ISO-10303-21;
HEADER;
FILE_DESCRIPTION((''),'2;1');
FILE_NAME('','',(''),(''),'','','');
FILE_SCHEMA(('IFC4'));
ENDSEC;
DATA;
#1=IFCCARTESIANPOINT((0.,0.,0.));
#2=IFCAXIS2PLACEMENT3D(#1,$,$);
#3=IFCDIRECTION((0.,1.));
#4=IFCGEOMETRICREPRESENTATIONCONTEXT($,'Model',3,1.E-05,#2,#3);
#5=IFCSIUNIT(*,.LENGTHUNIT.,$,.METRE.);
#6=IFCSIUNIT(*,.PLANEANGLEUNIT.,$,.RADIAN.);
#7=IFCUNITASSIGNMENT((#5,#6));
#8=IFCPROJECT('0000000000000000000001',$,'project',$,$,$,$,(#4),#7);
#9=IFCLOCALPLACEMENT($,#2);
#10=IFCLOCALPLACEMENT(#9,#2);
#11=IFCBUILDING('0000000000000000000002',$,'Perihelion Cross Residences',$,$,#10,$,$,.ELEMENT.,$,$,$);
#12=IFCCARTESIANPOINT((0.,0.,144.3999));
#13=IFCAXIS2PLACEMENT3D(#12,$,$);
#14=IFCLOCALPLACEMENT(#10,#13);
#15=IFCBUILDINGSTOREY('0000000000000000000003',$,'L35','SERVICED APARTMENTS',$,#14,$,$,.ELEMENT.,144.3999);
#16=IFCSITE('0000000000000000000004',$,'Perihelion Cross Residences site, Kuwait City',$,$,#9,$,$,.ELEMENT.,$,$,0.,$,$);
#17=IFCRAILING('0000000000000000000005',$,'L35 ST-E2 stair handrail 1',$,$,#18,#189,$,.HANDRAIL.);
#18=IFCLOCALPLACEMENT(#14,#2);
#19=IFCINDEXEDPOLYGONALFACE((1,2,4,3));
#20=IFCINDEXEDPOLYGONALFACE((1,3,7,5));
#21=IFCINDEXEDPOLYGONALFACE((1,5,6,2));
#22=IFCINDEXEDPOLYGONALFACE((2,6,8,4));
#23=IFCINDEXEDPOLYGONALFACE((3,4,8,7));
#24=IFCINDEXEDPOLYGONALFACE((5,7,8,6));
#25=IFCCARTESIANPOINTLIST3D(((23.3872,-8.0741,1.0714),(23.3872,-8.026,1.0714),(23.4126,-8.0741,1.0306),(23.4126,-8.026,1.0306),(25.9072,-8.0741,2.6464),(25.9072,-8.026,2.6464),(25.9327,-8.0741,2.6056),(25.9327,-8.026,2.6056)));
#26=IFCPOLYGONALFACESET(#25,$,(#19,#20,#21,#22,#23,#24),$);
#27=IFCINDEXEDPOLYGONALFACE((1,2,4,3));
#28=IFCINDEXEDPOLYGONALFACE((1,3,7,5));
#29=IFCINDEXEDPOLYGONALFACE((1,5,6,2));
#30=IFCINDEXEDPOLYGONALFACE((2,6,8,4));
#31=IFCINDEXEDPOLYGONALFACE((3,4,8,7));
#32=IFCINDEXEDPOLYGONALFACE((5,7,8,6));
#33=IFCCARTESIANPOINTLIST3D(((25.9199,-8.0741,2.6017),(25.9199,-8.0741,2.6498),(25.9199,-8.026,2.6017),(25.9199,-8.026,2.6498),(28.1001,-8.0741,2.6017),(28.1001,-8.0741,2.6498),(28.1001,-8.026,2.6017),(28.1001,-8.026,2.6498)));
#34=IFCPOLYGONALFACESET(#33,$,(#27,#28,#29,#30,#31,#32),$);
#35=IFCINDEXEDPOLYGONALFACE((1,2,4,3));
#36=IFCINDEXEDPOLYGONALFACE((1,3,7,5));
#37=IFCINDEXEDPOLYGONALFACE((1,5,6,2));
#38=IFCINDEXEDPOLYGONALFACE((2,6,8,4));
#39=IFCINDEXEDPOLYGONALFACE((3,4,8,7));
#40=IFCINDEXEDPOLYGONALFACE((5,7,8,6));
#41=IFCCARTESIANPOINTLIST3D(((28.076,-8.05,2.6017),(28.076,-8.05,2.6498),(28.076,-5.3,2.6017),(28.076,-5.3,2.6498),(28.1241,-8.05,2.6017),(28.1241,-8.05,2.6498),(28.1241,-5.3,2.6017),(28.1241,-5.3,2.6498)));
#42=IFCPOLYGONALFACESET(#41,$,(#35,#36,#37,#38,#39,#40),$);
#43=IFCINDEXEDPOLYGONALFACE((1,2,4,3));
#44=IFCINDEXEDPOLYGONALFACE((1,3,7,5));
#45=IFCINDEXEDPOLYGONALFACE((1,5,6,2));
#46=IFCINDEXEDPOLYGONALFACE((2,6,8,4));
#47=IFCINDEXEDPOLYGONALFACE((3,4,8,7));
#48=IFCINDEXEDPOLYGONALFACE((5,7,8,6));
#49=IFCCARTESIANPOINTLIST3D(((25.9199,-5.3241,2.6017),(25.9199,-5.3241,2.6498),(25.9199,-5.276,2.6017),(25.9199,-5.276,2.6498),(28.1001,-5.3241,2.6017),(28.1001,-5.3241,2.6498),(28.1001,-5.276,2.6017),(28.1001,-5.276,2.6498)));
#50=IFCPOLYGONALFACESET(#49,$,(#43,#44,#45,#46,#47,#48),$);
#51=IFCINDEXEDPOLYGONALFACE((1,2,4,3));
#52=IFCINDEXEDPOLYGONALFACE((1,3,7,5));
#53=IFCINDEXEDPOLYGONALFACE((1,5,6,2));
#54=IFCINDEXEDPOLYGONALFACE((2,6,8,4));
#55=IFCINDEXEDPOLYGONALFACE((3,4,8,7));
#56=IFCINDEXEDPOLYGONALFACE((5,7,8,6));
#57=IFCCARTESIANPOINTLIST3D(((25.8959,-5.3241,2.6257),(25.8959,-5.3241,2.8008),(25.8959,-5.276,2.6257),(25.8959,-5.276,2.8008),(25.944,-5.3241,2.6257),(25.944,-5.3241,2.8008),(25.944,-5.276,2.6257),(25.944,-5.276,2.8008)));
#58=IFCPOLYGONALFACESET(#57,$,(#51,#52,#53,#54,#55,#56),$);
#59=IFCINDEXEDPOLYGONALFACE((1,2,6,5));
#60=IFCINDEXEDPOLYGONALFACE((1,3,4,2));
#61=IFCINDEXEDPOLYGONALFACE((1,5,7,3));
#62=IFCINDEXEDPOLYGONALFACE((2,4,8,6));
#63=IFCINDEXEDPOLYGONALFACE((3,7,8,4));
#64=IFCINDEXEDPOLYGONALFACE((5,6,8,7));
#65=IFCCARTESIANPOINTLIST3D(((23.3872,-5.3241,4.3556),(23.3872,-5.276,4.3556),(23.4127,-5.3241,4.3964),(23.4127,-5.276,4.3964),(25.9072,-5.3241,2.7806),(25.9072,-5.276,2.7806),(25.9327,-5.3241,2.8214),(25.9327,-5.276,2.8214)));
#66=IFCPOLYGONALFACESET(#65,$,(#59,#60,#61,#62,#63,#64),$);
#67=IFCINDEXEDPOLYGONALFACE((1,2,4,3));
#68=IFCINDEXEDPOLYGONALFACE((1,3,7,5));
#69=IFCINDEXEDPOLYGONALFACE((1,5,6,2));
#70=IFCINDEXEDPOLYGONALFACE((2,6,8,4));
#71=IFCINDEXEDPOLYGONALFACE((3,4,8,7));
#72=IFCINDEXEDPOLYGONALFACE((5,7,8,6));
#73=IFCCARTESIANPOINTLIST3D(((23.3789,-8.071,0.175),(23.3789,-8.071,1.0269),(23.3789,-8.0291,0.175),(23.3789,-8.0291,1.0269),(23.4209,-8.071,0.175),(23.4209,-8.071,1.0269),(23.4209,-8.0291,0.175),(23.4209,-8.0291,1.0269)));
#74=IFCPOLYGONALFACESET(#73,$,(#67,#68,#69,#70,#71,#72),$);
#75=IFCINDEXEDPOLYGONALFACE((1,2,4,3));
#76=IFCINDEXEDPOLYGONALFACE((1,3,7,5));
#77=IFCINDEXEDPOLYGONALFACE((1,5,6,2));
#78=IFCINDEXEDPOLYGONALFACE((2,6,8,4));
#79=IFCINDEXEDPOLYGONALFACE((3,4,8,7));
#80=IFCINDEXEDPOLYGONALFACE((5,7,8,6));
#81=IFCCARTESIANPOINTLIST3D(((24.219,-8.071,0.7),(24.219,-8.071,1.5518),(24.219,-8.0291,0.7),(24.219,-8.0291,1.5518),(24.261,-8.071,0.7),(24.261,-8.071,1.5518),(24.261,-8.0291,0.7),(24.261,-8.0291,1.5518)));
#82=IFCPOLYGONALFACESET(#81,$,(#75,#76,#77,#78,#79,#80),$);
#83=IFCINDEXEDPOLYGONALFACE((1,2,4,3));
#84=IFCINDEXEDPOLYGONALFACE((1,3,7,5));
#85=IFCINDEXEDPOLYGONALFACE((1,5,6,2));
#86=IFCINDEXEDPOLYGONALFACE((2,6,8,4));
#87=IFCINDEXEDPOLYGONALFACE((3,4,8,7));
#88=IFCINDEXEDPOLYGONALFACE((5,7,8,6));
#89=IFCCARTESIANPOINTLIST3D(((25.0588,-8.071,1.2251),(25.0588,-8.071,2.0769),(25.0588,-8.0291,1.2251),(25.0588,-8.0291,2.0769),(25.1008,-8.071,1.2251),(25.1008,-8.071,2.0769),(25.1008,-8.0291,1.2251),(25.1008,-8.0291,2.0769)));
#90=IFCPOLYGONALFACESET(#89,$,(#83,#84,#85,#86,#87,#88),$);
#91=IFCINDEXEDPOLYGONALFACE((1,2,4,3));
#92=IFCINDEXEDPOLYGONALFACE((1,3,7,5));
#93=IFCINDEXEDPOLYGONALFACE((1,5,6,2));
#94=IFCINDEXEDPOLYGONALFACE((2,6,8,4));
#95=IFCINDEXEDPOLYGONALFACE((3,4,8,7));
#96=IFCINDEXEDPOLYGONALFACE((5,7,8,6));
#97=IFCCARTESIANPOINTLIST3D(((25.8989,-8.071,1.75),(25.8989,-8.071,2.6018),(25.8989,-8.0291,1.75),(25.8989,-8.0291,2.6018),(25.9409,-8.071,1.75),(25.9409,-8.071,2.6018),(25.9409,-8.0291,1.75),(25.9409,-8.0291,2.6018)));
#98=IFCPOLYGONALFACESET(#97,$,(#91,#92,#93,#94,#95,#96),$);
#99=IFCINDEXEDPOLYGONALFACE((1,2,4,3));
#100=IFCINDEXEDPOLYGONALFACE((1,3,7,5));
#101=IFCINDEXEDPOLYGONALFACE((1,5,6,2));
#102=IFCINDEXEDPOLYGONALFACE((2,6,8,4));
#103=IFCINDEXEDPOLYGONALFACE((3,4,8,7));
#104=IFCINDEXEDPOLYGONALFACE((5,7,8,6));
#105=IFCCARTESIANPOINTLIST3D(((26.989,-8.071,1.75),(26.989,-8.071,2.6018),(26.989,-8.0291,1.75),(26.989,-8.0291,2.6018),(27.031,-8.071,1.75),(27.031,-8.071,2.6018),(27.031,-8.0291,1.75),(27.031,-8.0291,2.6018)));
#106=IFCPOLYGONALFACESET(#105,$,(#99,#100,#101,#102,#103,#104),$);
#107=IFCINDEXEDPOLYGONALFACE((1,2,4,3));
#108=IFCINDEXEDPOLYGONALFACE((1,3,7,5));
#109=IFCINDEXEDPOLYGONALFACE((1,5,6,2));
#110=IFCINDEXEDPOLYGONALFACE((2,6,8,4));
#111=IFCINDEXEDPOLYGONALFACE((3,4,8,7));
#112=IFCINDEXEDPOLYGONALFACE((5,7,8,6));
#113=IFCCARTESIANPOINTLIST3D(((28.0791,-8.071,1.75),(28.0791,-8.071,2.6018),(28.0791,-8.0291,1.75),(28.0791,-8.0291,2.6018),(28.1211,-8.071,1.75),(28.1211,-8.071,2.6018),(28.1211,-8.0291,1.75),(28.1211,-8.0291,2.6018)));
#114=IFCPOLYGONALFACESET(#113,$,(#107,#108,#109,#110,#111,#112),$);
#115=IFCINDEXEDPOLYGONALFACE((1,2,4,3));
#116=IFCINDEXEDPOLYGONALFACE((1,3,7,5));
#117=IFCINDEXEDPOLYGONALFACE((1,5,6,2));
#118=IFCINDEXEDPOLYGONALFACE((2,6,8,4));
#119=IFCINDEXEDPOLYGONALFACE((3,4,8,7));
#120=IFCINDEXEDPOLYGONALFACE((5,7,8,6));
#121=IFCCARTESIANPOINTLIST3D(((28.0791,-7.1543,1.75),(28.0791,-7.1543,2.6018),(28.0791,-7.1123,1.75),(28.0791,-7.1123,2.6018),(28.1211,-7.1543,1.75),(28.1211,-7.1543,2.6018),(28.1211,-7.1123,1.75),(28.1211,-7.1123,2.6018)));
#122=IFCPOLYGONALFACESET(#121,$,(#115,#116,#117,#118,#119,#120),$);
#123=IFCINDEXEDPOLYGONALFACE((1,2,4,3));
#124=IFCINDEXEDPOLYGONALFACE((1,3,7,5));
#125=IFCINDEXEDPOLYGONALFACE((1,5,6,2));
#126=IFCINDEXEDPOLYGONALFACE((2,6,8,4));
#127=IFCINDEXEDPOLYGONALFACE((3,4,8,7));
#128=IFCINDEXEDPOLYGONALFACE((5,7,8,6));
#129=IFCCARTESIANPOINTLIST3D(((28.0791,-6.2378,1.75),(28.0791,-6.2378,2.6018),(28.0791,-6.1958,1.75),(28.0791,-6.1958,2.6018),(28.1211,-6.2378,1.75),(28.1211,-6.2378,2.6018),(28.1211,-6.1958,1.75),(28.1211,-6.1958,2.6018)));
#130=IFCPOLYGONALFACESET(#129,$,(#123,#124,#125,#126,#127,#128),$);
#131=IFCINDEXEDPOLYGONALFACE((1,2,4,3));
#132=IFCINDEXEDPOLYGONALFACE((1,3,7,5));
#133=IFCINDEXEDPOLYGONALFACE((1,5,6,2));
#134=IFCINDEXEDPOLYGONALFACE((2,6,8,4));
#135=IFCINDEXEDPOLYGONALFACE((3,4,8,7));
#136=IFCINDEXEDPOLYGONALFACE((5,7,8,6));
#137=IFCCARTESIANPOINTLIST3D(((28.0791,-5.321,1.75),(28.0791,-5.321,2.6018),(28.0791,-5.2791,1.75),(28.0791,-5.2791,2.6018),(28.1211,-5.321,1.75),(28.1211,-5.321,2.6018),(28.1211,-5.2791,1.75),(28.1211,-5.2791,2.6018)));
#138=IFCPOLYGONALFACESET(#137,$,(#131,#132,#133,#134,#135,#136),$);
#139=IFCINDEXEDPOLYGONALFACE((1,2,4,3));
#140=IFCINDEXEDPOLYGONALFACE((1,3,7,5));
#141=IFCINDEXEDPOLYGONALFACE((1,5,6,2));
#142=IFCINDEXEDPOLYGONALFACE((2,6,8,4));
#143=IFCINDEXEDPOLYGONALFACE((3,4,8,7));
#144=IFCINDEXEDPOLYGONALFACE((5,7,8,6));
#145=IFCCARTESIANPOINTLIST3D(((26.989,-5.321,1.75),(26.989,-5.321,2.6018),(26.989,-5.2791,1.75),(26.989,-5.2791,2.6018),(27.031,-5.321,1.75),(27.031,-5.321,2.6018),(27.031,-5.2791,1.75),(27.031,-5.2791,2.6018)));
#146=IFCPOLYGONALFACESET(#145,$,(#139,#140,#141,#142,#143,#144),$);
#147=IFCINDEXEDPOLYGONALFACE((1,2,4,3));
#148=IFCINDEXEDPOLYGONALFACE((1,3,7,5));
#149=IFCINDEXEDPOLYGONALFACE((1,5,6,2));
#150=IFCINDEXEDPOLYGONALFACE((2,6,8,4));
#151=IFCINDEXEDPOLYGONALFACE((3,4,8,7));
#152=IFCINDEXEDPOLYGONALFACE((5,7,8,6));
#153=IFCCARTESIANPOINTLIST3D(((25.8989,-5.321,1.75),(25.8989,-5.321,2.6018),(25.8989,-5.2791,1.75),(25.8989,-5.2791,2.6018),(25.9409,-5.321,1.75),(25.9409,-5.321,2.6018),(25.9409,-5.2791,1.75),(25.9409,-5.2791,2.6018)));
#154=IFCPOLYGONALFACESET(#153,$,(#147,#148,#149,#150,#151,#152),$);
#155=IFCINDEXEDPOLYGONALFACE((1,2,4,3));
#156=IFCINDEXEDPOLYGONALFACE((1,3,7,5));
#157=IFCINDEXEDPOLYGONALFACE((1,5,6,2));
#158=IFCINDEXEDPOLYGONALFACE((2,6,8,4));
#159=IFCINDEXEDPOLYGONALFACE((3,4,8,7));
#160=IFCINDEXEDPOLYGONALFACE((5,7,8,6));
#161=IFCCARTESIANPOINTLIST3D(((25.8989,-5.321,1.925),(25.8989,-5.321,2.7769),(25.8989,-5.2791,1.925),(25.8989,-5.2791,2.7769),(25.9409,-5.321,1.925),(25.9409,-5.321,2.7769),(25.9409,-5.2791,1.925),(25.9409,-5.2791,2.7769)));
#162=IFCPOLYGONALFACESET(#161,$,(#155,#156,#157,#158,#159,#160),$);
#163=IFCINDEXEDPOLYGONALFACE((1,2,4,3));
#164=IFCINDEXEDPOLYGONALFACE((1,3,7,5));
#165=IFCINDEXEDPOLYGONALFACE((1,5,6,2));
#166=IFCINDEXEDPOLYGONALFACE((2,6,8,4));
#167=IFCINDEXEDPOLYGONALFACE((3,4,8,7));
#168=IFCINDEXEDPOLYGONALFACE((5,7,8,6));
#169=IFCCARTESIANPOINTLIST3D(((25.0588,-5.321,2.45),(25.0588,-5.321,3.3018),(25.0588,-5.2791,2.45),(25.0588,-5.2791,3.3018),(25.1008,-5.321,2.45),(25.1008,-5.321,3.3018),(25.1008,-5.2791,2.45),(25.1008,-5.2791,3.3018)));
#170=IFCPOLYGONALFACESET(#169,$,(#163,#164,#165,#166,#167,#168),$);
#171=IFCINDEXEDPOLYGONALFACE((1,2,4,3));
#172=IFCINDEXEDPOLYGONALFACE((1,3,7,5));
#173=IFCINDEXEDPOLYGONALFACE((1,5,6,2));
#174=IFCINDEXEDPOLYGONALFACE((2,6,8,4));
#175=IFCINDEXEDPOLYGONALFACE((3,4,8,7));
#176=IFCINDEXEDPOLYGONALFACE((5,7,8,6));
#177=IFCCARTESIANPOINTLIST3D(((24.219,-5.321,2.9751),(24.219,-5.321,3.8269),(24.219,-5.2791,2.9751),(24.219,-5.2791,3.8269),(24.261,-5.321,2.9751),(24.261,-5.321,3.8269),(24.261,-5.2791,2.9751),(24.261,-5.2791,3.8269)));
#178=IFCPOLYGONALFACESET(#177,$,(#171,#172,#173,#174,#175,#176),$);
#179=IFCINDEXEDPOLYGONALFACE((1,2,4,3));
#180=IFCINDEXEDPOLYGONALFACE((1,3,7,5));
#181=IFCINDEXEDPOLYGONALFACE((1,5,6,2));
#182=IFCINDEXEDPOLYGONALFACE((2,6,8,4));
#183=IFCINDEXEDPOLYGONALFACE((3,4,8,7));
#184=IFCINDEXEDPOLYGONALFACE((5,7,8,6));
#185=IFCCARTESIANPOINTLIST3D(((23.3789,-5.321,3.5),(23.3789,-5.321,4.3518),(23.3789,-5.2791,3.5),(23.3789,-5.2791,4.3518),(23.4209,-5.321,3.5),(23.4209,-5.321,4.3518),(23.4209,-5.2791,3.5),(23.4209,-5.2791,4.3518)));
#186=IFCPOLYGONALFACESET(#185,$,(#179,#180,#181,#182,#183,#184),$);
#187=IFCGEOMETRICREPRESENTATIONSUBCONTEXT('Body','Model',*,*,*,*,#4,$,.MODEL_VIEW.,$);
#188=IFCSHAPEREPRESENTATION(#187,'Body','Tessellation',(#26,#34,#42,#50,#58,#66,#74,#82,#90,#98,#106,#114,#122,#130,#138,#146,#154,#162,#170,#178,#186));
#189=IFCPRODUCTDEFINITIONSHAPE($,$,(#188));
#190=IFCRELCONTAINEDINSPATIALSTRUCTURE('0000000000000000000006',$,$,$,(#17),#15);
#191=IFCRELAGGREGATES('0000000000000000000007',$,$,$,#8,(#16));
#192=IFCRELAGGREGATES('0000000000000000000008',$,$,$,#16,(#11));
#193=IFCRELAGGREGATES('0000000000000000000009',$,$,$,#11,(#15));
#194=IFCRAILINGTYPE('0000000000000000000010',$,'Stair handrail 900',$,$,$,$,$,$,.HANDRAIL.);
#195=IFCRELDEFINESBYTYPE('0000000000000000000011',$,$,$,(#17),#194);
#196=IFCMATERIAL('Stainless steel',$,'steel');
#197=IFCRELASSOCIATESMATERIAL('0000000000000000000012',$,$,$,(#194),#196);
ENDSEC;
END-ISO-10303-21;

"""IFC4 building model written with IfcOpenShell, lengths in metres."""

from ifc_helpers import new_model, si_unit, direction, frame, origin, origin_2d, place, context, subcontext, project, spatial, rectangle, extrude, material, type_object, element, save


model = new_model("IFC4")

# Units and contexts
model_context = context("Model", 3, precision=1e-05, world=origin(), true_north=direction((0.0, 1.0)))
body_context = subcontext(model_context, "Body", "Model", "MODEL_VIEW")
ifc_project = project(units=[si_unit("LENGTHUNIT", "METRE"), si_unit("PLANEANGLEUNIT", "RADIAN")], contexts=[model_context])

# Site, building, storey
site_placement = place(None, origin())
site = spatial("IfcSite", under=ifc_project, at=site_placement, Name="Perihelion Cross Residences site, Kuwait City", CompositionType="ELEMENT", RefElevation=0.0)
building_placement = place(site_placement, origin())
building = spatial("IfcBuilding", under=site, at=building_placement, Name="Perihelion Cross Residences", CompositionType="ELEMENT")
storey_placement = place(building_placement, frame((0.0, 0.0, 144.3999)))
storey = spatial("IfcBuildingStorey", under=building, at=storey_placement, Name="L35", Description="SERVICED APARTMENTS", CompositionType="ELEMENT", Elevation=144.3999)

# Railing
ifc_material_1 = material(Name="Stainless steel", Category="steel")
railing_type_1 = type_object("IfcRailingType", Name="Stair handrail 900", PredefinedType="HANDRAIL", material=ifc_material_1)
railing_1_placement = place(storey_placement, frame((23.3999, -8.05, 0.175)))
element("IfcRailing", 1, at=railing_1_placement, inside=storey, type_object=railing_type_1, Name="L35 ST-E2 stair handrail 1", PredefinedType="HANDRAIL", context=body_context, shape_type="SweptSolid", body=[
    extrude(rectangle(XDim=0.0481, YDim=0.0481, at=origin_2d()), frame((0.0, 0.0, 0.876), z_axis=(0.848008, 0.0, 0.529984), x_axis=(0.0, 1.0, 0.0)), (0.0, 0.0, 1.0), 2.9717),
    extrude(rectangle(XDim=0.0481, YDim=0.0481, at=origin_2d()), frame((2.52, 0.0, 2.4507), z_axis=(1.0, 0.0, 0.0), x_axis=(0.0, 1.0, 0.0)), (0.0, 0.0, 1.0), 2.1802),
    extrude(rectangle(XDim=0.0481, YDim=0.0481, at=origin_2d()), frame((4.7002, 0.0, 2.4507), z_axis=(0.0, 1.0, 0.0), x_axis=(-1.0, 0.0, 0.0)), (0.0, 0.0, 1.0), 2.75),
    extrude(rectangle(XDim=0.0481, YDim=0.0481, at=origin_2d()), frame((4.7002, 2.75, 2.4507), z_axis=(-1.0, 0.0, 0.0), x_axis=(0.0, -1.0, 0.0)), (0.0, 0.0, 1.0), 2.1802),
    extrude(rectangle(XDim=0.0481, YDim=0.0481, at=origin_2d()), frame((2.52, 2.75, 2.4507), z_axis=(0.0, 0.0, 1.0), x_axis=(1.0, 0.0, 0.0)), (0.0, 0.0, 1.0), 0.175),
    extrude(rectangle(XDim=0.0481, YDim=0.0481, at=origin_2d()), frame((2.52, 2.75, 2.626), z_axis=(-0.848008, 0.0, 0.529984), x_axis=(0.0, -1.0, 0.0)), (0.0, 0.0, 1.0), 2.9717),
    extrude(rectangle(XDim=0.042, YDim=0.042, at=origin_2d()), origin(), (0.0, 0.0, 1.0), 0.8518),
    extrude(rectangle(XDim=0.042, YDim=0.042, at=origin_2d()), frame((0.8401, 0.0, 0.5249)), (0.0, 0.0, 1.0), 0.8518),
    extrude(rectangle(XDim=0.042, YDim=0.042, at=origin_2d()), frame((1.6799, 0.0, 1.05)), (0.0, 0.0, 1.0), 0.8518),
    extrude(rectangle(XDim=0.042, YDim=0.042, at=origin_2d()), frame((2.52, 0.0, 1.575)), (0.0, 0.0, 1.0), 0.8518),
    extrude(rectangle(XDim=0.042, YDim=0.042, at=origin_2d()), frame((3.6101, 0.0, 1.575)), (0.0, 0.0, 1.0), 0.8518),
    extrude(rectangle(XDim=0.042, YDim=0.042, at=origin_2d()), frame((4.7002, 0.0, 1.575)), (0.0, 0.0, 1.0), 0.8518),
    extrude(rectangle(XDim=0.042, YDim=0.042, at=origin_2d()), frame((4.7002, 0.9167, 1.575)), (0.0, 0.0, 1.0), 0.8518),
    extrude(rectangle(XDim=0.042, YDim=0.042, at=origin_2d()), frame((4.7002, 1.8333, 1.575)), (0.0, 0.0, 1.0), 0.8518),
    extrude(rectangle(XDim=0.042, YDim=0.042, at=origin_2d()), frame((4.7002, 2.75, 1.575)), (0.0, 0.0, 1.0), 0.8518),
    extrude(rectangle(XDim=0.042, YDim=0.042, at=origin_2d()), frame((3.6101, 2.75, 1.575)), (0.0, 0.0, 1.0), 0.8518),
    extrude(rectangle(XDim=0.042, YDim=0.042, at=origin_2d()), frame((2.52, 2.75, 1.575)), (0.0, 0.0, 1.0), 0.8518),
    extrude(rectangle(XDim=0.042, YDim=0.042, at=origin_2d()), frame((2.52, 2.75, 1.75)), (0.0, 0.0, 1.0), 0.8518),
    extrude(rectangle(XDim=0.042, YDim=0.042, at=origin_2d()), frame((1.6799, 2.75, 2.2749)), (0.0, 0.0, 1.0), 0.8518),
    extrude(rectangle(XDim=0.042, YDim=0.042, at=origin_2d()), frame((0.8401, 2.75, 2.8)), (0.0, 0.0, 1.0), 0.8518),
    extrude(rectangle(XDim=0.042, YDim=0.042, at=origin_2d()), frame((0.0, 2.75, 3.325)), (0.0, 0.0, 1.0), 0.8518),
])

save(model, "model.ifc")
